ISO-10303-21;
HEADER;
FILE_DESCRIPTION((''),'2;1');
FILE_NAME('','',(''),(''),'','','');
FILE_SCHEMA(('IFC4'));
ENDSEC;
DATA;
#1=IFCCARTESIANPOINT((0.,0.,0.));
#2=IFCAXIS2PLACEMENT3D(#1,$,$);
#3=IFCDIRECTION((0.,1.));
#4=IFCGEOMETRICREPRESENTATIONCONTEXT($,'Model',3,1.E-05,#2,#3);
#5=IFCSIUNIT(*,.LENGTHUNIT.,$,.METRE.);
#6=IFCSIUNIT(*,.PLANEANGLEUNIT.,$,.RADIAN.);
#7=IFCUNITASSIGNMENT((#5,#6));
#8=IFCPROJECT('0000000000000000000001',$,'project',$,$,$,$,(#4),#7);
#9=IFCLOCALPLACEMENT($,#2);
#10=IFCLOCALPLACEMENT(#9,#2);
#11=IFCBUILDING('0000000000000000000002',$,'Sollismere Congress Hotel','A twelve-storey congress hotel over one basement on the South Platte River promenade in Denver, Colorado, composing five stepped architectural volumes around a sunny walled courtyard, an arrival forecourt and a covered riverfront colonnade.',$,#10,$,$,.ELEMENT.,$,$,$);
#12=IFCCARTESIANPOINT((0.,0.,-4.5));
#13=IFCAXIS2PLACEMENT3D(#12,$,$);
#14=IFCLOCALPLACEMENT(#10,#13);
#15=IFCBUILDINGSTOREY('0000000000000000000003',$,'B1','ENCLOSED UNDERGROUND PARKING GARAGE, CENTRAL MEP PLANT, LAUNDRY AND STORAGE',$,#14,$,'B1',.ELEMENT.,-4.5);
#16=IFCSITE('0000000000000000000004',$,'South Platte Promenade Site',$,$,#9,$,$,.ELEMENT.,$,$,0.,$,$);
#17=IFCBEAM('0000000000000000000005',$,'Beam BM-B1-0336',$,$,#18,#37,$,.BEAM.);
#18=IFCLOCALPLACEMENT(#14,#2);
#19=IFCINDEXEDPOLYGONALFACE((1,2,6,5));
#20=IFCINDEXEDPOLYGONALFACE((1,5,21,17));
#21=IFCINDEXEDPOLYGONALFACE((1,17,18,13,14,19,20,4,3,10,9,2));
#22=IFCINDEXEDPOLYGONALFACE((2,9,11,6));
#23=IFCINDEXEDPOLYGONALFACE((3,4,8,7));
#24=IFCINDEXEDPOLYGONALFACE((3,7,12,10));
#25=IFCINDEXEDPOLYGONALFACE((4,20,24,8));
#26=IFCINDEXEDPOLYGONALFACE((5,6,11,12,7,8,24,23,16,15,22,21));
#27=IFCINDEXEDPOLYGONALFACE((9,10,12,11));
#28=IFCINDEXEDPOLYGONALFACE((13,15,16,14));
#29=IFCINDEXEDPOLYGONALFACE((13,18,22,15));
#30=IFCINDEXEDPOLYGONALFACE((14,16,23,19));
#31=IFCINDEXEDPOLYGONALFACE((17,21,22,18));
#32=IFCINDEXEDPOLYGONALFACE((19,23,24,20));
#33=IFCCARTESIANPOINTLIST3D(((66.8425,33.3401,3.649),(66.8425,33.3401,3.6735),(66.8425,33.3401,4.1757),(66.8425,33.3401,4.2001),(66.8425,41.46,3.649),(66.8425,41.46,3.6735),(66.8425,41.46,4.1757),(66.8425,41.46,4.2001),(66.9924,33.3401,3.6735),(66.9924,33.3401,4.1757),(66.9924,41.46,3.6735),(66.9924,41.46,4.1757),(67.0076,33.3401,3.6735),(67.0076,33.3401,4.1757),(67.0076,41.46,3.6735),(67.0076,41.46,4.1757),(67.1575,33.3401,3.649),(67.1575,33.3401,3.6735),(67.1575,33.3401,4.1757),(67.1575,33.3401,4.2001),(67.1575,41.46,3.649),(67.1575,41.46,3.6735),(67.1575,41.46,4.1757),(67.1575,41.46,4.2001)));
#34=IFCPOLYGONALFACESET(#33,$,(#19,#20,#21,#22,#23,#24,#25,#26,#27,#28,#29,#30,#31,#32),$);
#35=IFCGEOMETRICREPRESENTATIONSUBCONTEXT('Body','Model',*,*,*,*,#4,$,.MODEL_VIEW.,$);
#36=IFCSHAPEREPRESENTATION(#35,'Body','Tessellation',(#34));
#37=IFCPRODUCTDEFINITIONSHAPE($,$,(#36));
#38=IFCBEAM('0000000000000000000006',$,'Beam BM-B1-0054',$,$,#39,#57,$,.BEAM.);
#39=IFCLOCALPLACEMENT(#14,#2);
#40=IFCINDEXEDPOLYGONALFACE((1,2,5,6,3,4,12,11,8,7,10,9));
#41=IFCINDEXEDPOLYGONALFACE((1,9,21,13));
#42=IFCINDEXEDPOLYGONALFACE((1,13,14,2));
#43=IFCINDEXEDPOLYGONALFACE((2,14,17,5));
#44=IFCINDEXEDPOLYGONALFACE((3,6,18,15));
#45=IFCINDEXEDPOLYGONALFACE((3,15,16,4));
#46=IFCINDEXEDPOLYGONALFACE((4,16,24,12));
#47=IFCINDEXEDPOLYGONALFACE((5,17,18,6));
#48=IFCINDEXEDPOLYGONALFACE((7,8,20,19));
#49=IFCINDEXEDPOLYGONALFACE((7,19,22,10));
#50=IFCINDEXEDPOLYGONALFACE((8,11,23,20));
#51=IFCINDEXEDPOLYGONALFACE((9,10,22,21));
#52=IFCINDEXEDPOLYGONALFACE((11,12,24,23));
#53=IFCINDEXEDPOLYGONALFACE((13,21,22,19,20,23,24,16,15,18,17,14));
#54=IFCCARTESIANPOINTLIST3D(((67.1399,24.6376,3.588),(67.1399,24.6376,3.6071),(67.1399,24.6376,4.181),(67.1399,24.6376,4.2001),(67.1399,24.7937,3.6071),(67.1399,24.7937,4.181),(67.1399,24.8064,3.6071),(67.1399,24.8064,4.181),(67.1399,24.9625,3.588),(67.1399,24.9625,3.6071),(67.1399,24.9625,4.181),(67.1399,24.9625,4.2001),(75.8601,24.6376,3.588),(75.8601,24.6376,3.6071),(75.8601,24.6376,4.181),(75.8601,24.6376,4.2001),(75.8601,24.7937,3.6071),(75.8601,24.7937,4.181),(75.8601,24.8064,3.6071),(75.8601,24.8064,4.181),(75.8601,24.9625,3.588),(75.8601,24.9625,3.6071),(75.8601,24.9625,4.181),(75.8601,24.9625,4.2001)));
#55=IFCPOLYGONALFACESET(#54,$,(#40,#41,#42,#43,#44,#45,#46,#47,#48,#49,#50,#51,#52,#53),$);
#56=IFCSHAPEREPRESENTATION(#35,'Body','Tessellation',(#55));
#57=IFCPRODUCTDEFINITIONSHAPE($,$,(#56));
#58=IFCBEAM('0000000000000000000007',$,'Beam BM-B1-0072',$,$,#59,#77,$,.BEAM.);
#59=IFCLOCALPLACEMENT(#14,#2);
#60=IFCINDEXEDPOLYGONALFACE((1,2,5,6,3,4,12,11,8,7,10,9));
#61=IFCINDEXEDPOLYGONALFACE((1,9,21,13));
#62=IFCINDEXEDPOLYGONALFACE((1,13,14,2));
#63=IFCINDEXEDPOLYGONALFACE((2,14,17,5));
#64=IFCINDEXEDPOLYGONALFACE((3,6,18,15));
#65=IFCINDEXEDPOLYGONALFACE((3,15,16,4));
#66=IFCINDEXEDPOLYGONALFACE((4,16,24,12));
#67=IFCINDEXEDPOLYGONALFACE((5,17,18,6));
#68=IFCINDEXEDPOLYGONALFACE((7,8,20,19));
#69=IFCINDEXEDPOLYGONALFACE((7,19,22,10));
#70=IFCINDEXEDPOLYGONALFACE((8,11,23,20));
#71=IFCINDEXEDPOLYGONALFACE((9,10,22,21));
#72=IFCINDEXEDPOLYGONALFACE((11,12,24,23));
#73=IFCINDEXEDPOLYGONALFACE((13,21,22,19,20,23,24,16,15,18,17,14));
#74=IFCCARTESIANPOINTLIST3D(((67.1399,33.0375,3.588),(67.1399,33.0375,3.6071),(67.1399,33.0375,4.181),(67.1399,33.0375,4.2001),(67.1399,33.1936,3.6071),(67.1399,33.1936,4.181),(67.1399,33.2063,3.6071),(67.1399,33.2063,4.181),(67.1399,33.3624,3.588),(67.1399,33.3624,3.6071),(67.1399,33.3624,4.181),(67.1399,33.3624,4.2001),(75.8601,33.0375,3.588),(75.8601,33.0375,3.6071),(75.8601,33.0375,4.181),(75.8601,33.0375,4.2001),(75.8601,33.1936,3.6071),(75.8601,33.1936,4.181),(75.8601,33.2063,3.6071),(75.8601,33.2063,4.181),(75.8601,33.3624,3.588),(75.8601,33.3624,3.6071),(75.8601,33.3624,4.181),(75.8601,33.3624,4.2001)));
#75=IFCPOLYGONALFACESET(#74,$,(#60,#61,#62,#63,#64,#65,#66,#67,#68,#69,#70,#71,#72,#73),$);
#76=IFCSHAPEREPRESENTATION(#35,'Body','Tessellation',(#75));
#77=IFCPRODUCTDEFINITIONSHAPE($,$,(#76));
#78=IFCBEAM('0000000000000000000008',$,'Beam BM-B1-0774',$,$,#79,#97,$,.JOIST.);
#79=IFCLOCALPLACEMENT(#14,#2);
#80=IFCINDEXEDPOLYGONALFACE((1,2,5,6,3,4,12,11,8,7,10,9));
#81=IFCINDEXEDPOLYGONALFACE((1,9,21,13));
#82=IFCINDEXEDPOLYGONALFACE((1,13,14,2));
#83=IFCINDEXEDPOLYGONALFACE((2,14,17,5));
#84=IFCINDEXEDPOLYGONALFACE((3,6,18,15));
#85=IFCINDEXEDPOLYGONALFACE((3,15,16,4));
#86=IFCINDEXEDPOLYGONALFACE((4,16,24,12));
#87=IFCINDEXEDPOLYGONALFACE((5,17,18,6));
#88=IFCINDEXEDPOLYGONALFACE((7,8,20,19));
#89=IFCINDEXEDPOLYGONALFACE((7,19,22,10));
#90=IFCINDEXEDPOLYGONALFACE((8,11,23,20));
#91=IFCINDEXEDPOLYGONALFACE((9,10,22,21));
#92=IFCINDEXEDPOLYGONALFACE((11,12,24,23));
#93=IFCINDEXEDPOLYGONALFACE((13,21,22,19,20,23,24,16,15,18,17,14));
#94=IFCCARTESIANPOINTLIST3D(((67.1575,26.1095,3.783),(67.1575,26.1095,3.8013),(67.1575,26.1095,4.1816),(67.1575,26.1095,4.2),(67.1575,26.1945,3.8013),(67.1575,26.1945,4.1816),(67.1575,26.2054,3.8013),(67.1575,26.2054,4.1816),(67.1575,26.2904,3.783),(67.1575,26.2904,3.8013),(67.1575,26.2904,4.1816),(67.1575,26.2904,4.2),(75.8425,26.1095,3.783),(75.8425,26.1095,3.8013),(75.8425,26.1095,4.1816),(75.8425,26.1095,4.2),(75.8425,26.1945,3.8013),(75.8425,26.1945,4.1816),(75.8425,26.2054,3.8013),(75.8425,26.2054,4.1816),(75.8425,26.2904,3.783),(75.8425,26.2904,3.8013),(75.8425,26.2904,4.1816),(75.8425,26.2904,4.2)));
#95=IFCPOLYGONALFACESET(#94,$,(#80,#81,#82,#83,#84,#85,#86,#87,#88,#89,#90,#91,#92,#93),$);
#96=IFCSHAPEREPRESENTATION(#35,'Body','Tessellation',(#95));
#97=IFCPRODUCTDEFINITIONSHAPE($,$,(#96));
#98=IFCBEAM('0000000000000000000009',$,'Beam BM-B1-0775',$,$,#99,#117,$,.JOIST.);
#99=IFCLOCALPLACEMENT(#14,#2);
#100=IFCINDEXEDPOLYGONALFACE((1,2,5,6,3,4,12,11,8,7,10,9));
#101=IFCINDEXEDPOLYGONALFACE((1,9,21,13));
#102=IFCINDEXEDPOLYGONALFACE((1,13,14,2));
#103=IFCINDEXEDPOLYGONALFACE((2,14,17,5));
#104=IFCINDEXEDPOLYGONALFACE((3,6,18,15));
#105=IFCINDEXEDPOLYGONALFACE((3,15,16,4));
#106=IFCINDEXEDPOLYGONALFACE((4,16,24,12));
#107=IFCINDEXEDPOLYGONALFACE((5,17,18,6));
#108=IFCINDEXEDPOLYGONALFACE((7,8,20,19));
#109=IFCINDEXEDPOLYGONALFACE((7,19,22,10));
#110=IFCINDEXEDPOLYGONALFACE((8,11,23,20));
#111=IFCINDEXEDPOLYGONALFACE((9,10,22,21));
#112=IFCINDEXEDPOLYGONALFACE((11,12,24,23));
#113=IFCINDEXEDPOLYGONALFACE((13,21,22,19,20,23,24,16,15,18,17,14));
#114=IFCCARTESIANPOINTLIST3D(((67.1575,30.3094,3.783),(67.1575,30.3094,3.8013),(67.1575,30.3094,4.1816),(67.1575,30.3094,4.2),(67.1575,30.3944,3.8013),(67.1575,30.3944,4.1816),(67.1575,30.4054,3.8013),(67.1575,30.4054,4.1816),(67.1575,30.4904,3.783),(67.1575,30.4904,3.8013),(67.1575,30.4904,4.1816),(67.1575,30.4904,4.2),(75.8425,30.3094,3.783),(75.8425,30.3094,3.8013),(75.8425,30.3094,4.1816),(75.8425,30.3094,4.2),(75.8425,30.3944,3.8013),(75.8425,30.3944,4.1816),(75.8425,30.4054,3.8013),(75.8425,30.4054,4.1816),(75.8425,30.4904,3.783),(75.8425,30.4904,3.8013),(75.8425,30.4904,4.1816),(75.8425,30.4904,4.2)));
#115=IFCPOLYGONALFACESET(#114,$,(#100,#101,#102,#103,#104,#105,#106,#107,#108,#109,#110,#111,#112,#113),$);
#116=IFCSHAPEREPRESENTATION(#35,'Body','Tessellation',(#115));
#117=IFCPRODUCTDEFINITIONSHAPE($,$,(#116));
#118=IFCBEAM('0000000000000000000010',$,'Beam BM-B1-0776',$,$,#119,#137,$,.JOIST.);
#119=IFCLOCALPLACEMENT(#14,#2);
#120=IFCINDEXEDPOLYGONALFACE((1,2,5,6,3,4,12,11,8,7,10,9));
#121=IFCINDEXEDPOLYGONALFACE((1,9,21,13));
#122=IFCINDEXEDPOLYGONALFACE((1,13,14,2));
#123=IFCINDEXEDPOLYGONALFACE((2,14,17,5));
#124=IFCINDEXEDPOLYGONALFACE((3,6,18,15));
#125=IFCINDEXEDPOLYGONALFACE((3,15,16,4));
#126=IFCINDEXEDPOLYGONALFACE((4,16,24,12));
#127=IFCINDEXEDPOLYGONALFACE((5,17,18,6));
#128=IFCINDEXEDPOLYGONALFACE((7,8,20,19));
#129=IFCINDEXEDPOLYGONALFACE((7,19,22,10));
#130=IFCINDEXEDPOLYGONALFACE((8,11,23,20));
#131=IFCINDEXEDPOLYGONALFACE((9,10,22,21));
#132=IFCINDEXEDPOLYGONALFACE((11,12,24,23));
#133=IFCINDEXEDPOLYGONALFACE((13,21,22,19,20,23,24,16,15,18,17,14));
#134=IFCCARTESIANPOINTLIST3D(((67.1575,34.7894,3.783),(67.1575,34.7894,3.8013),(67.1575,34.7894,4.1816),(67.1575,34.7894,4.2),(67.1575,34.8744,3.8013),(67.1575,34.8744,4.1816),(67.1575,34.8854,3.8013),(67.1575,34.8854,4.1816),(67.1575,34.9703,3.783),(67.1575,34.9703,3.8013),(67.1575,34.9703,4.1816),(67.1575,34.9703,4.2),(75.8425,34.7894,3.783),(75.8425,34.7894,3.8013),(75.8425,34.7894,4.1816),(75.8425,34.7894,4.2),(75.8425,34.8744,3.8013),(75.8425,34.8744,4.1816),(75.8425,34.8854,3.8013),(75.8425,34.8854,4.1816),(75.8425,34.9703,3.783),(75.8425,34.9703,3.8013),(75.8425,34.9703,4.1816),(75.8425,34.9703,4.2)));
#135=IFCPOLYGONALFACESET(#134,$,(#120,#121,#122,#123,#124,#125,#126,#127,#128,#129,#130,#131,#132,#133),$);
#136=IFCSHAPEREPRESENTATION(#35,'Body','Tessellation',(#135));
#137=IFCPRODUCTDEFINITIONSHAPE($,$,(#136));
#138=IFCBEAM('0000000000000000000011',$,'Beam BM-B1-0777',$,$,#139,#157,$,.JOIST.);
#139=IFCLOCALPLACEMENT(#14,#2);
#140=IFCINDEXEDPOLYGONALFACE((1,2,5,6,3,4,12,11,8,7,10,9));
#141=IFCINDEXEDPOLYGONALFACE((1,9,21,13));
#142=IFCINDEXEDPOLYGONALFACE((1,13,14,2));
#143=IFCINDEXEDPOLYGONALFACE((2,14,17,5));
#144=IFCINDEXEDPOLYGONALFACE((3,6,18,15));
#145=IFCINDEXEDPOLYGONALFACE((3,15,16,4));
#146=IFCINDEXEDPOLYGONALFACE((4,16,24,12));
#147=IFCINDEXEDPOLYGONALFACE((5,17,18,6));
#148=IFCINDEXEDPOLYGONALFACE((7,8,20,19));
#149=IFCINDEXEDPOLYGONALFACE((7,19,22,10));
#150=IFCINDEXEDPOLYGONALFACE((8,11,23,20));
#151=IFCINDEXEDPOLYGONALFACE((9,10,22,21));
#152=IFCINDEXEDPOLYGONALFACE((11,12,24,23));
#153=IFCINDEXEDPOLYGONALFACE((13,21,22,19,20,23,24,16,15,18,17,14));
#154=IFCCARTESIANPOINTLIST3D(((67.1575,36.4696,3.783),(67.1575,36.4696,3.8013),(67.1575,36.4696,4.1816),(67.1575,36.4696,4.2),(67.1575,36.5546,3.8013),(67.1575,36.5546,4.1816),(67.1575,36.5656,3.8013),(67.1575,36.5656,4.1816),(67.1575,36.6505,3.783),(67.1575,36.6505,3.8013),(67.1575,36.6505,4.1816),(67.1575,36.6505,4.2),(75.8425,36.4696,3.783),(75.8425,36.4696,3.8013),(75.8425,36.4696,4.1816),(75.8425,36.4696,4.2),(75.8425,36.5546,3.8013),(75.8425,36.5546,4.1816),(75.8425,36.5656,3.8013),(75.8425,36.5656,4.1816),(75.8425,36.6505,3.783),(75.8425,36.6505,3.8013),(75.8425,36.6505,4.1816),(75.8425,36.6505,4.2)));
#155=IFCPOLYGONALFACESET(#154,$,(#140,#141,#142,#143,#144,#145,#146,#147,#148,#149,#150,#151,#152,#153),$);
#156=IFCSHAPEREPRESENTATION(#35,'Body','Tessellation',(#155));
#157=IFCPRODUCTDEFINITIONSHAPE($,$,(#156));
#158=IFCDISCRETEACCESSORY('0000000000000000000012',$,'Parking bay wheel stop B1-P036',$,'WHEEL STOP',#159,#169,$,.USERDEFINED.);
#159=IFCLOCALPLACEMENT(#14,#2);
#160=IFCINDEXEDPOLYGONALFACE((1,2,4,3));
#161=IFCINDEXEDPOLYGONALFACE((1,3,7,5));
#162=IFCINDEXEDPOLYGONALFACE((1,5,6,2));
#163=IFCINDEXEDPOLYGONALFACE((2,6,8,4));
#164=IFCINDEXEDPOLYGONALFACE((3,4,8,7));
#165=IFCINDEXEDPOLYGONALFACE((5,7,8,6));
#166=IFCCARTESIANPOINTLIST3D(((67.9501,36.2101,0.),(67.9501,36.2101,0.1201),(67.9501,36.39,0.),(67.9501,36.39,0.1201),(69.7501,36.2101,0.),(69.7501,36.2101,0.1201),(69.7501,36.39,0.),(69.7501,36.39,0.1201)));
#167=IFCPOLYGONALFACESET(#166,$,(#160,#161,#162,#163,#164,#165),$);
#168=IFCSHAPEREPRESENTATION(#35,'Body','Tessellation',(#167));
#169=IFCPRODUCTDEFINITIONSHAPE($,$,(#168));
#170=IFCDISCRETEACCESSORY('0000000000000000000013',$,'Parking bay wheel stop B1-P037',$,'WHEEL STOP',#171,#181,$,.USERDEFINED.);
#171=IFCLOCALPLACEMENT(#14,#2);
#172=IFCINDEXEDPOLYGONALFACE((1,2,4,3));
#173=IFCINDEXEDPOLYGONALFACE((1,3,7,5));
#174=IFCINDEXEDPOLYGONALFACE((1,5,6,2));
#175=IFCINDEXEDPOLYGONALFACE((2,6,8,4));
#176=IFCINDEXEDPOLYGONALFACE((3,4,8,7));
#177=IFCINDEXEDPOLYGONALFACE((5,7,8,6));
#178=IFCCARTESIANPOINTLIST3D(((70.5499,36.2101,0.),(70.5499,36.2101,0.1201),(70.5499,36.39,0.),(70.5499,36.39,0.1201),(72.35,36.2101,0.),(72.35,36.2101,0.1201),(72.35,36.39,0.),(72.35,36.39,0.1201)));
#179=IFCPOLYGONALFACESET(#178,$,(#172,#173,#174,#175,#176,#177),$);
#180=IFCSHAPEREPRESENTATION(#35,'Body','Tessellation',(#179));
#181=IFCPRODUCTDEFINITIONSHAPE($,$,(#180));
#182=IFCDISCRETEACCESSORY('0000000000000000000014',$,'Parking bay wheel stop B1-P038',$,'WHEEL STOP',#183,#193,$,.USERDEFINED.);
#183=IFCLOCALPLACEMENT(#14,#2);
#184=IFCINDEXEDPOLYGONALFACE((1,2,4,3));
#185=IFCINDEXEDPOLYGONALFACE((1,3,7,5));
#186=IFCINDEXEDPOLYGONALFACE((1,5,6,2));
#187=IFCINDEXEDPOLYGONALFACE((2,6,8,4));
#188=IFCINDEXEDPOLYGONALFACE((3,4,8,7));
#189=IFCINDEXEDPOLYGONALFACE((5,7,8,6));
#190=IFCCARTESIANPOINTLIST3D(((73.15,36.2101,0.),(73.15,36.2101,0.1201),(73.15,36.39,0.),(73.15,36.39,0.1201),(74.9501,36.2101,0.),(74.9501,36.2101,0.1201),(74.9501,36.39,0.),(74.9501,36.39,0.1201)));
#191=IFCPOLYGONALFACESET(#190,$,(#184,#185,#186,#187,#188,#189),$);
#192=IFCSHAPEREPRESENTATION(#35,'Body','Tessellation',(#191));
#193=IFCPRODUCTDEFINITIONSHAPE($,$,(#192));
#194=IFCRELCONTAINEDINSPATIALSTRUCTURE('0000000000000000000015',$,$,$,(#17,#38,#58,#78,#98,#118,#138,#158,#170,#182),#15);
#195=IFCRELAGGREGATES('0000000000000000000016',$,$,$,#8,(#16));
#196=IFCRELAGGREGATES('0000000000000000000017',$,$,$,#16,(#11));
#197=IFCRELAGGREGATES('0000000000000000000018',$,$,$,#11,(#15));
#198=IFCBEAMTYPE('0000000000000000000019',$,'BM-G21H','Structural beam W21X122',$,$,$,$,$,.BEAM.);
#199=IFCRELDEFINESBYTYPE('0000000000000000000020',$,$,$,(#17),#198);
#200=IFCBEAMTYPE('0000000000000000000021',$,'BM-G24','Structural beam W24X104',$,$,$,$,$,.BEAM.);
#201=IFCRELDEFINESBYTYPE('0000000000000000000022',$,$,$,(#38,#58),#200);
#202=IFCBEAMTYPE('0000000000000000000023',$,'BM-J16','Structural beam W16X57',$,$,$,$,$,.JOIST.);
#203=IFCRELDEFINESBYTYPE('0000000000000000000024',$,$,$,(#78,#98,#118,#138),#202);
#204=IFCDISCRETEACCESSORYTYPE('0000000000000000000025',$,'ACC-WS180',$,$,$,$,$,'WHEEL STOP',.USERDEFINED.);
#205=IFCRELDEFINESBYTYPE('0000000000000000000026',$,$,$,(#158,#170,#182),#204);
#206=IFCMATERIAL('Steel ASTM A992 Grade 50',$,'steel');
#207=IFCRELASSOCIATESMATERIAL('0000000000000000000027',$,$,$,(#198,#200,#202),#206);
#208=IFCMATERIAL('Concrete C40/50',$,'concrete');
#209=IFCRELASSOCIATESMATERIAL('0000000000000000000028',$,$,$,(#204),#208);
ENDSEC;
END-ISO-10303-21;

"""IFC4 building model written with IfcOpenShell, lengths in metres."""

from ifc_helpers import new_model, si_unit, direction, frame, origin, origin_2d, place, context, subcontext, project, spatial, rectangle, i_section, extrude, material, material_profile, profile_set, type_object, element, save


model = new_model("IFC4")

# Units and contexts
model_context = context("Model", 3, precision=1e-05, world=origin(), true_north=direction((0.0, 1.0)))
body_context = subcontext(model_context, "Body", "Model", "MODEL_VIEW")
ifc_project = project(units=[si_unit("LENGTHUNIT", "METRE"), si_unit("PLANEANGLEUNIT", "RADIAN")], contexts=[model_context])

# Site, building, storey
site_placement = place(None, origin())
site = spatial("IfcSite", under=ifc_project, at=site_placement, Name="South Platte Promenade Site", CompositionType="ELEMENT", RefElevation=0.0)
building_placement = place(site_placement, origin())
building = spatial("IfcBuilding", under=site, at=building_placement, Name="Sollismere Congress Hotel", Description="A twelve-storey congress hotel over one basement on the South Platte River promenade in Denver, Colorado, composing five stepped architectural volumes around a sunny walled courtyard, an arrival forecourt and a covered riverfront colonnade.", CompositionType="ELEMENT")
storey_placement = place(building_placement, frame((0.0, 0.0, -4.5)))
storey = spatial("IfcBuildingStorey", under=building, at=storey_placement, Name="B1", Description="ENCLOSED UNDERGROUND PARKING GARAGE, CENTRAL MEP PLANT, LAUNDRY AND STORAGE", LongName="B1", CompositionType="ELEMENT", Elevation=-4.5)

# Shared definitions
ifc_material_1 = material(Name="Concrete C40/50", Category="concrete")

# Beams
ifc_material_2 = material(Name="Steel ASTM A992 Grade 50", Category="steel")
ifc_material_profile_1 = material_profile(ifc_material_2, i_section(OverallWidth=0.3149, OverallDepth=0.551, WebThickness=0.0151, FlangeThickness=0.0244, at=origin_2d()), Name="W21X122")
ifc_profile_set_1 = profile_set([ifc_material_profile_1], Name="Steel ASTM A992 Grade 50")
beam_type_1 = type_object("IfcBeamType", Name="BM-G21H", Description="Structural beam W21X122", PredefinedType="BEAM", material=ifc_profile_set_1)
beam_placement = place(storey_placement, frame((67.0, 33.3401, 3.9246), z_axis=(0.0, 1.0, 0.0), x_axis=(-1.0, 0.0, 0.0)))
element("IfcBeam", 1, at=beam_placement, inside=storey, type_object=beam_type_1, Name="Beam BM-B1-0336", PredefinedType="BEAM", context=body_context, shape_type="SweptSolid", body=[
    extrude(i_section(OverallWidth=0.3149, OverallDepth=0.551, WebThickness=0.0151, FlangeThickness=0.0244, at=origin_2d()), origin(), (0.0, 0.0, 1.0), 8.1199),
])
ifc_material_profile_2 = material_profile(ifc_material_2, i_section(OverallWidth=0.325, OverallDepth=0.6121, WebThickness=0.0127, FlangeThickness=0.019, at=origin_2d()), Name="W24X104")
ifc_profile_set_2 = profile_set([ifc_material_profile_2], Name="Steel ASTM A992 Grade 50")
beam_type_2 = type_object("IfcBeamType", Name="BM-G24", Description="Structural beam W24X104", PredefinedType="BEAM", material=ifc_profile_set_2)
for number, where, z_axis, x_axis, name in (
    (2, (67.1399, 24.8, 3.894), (1.0, 0.0, 0.0), (0.0, 1.0, 0.0), "Beam BM-B1-0054"),
    (3, (67.1399, 33.2, 3.894), (1.0, 0.0, 0.0), (0.0, 1.0, 0.0), "Beam BM-B1-0072"),
):
    element("IfcBeam", number, at=place(storey_placement, frame(where, z_axis=z_axis, x_axis=x_axis)), inside=storey, type_object=beam_type_2, Name=name, PredefinedType="BEAM", context=body_context, shape_type="SweptSolid", body=[
        extrude(i_section(OverallWidth=0.325, OverallDepth=0.6121, WebThickness=0.0127, FlangeThickness=0.019, at=origin_2d()), origin(), (0.0, 0.0, 1.0), 8.7202),
    ])
ifc_material_profile_3 = material_profile(ifc_material_2, i_section(OverallWidth=0.1809, OverallDepth=0.417, WebThickness=0.011, FlangeThickness=0.0183, at=origin_2d()), Name="W16X57")
ifc_profile_set_3 = profile_set([ifc_material_profile_3], Name="Steel ASTM A992 Grade 50")
beam_type_3 = type_object("IfcBeamType", Name="BM-J16", Description="Structural beam W16X57", PredefinedType="JOIST", material=ifc_profile_set_3)
for number, where, z_axis, x_axis, name in (
    (4, (67.1575, 26.2, 3.9915), (1.0, 0.0, 0.0), (0.0, 1.0, 0.0), "Beam BM-B1-0774"),
    (5, (67.1575, 30.3999, 3.9915), (1.0, 0.0, 0.0), (0.0, 1.0, 0.0), "Beam BM-B1-0775"),
    (6, (67.1575, 34.8799, 3.9915), (1.0, 0.0, 0.0), (0.0, 1.0, 0.0), "Beam BM-B1-0776"),
    (7, (67.1575, 36.5601, 3.9915), (1.0, 0.0, 0.0), (0.0, 1.0, 0.0), "Beam BM-B1-0777"),
):
    element("IfcBeam", number, at=place(storey_placement, frame(where, z_axis=z_axis, x_axis=x_axis)), inside=storey, type_object=beam_type_3, Name=name, PredefinedType="JOIST", context=body_context, shape_type="SweptSolid", body=[
        extrude(i_section(OverallWidth=0.1809, OverallDepth=0.417, WebThickness=0.011, FlangeThickness=0.0183, at=origin_2d()), origin(), (0.0, 0.0, 1.0), 8.6851),
    ])

# Discrete accessories
discrete_accessory_type = type_object("IfcDiscreteAccessoryType", Name="ACC-WS180", ElementType="WHEEL STOP", PredefinedType="USERDEFINED", material=ifc_material_1)
for number, where, z_axis, x_axis, name in (
    (8, (68.8501, 36.3, 0.0), (0.0, 0.0, 1.0), (1.0, 0.0, 0.0), "Parking bay wheel stop B1-P036"),
    (9, (71.45, 36.3, 0.0), (0.0, 0.0, 1.0), (1.0, 0.0, 0.0), "Parking bay wheel stop B1-P037"),
    (10, (74.05, 36.3, 0.0), (0.0, 0.0, 1.0), (1.0, 0.0, 0.0), "Parking bay wheel stop B1-P038"),
):
    element("IfcDiscreteAccessory", number, at=place(storey_placement, frame(where, z_axis=z_axis, x_axis=x_axis)), inside=storey, type_object=discrete_accessory_type, Name=name, ObjectType="WHEEL STOP", PredefinedType="USERDEFINED", context=body_context, shape_type="SweptSolid", body=[
        extrude(rectangle(XDim=1.8, YDim=0.1799, at=origin_2d()), origin(), (0.0, 0.0, 1.0), 0.1201),
    ])

save(model, "model.ifc")
